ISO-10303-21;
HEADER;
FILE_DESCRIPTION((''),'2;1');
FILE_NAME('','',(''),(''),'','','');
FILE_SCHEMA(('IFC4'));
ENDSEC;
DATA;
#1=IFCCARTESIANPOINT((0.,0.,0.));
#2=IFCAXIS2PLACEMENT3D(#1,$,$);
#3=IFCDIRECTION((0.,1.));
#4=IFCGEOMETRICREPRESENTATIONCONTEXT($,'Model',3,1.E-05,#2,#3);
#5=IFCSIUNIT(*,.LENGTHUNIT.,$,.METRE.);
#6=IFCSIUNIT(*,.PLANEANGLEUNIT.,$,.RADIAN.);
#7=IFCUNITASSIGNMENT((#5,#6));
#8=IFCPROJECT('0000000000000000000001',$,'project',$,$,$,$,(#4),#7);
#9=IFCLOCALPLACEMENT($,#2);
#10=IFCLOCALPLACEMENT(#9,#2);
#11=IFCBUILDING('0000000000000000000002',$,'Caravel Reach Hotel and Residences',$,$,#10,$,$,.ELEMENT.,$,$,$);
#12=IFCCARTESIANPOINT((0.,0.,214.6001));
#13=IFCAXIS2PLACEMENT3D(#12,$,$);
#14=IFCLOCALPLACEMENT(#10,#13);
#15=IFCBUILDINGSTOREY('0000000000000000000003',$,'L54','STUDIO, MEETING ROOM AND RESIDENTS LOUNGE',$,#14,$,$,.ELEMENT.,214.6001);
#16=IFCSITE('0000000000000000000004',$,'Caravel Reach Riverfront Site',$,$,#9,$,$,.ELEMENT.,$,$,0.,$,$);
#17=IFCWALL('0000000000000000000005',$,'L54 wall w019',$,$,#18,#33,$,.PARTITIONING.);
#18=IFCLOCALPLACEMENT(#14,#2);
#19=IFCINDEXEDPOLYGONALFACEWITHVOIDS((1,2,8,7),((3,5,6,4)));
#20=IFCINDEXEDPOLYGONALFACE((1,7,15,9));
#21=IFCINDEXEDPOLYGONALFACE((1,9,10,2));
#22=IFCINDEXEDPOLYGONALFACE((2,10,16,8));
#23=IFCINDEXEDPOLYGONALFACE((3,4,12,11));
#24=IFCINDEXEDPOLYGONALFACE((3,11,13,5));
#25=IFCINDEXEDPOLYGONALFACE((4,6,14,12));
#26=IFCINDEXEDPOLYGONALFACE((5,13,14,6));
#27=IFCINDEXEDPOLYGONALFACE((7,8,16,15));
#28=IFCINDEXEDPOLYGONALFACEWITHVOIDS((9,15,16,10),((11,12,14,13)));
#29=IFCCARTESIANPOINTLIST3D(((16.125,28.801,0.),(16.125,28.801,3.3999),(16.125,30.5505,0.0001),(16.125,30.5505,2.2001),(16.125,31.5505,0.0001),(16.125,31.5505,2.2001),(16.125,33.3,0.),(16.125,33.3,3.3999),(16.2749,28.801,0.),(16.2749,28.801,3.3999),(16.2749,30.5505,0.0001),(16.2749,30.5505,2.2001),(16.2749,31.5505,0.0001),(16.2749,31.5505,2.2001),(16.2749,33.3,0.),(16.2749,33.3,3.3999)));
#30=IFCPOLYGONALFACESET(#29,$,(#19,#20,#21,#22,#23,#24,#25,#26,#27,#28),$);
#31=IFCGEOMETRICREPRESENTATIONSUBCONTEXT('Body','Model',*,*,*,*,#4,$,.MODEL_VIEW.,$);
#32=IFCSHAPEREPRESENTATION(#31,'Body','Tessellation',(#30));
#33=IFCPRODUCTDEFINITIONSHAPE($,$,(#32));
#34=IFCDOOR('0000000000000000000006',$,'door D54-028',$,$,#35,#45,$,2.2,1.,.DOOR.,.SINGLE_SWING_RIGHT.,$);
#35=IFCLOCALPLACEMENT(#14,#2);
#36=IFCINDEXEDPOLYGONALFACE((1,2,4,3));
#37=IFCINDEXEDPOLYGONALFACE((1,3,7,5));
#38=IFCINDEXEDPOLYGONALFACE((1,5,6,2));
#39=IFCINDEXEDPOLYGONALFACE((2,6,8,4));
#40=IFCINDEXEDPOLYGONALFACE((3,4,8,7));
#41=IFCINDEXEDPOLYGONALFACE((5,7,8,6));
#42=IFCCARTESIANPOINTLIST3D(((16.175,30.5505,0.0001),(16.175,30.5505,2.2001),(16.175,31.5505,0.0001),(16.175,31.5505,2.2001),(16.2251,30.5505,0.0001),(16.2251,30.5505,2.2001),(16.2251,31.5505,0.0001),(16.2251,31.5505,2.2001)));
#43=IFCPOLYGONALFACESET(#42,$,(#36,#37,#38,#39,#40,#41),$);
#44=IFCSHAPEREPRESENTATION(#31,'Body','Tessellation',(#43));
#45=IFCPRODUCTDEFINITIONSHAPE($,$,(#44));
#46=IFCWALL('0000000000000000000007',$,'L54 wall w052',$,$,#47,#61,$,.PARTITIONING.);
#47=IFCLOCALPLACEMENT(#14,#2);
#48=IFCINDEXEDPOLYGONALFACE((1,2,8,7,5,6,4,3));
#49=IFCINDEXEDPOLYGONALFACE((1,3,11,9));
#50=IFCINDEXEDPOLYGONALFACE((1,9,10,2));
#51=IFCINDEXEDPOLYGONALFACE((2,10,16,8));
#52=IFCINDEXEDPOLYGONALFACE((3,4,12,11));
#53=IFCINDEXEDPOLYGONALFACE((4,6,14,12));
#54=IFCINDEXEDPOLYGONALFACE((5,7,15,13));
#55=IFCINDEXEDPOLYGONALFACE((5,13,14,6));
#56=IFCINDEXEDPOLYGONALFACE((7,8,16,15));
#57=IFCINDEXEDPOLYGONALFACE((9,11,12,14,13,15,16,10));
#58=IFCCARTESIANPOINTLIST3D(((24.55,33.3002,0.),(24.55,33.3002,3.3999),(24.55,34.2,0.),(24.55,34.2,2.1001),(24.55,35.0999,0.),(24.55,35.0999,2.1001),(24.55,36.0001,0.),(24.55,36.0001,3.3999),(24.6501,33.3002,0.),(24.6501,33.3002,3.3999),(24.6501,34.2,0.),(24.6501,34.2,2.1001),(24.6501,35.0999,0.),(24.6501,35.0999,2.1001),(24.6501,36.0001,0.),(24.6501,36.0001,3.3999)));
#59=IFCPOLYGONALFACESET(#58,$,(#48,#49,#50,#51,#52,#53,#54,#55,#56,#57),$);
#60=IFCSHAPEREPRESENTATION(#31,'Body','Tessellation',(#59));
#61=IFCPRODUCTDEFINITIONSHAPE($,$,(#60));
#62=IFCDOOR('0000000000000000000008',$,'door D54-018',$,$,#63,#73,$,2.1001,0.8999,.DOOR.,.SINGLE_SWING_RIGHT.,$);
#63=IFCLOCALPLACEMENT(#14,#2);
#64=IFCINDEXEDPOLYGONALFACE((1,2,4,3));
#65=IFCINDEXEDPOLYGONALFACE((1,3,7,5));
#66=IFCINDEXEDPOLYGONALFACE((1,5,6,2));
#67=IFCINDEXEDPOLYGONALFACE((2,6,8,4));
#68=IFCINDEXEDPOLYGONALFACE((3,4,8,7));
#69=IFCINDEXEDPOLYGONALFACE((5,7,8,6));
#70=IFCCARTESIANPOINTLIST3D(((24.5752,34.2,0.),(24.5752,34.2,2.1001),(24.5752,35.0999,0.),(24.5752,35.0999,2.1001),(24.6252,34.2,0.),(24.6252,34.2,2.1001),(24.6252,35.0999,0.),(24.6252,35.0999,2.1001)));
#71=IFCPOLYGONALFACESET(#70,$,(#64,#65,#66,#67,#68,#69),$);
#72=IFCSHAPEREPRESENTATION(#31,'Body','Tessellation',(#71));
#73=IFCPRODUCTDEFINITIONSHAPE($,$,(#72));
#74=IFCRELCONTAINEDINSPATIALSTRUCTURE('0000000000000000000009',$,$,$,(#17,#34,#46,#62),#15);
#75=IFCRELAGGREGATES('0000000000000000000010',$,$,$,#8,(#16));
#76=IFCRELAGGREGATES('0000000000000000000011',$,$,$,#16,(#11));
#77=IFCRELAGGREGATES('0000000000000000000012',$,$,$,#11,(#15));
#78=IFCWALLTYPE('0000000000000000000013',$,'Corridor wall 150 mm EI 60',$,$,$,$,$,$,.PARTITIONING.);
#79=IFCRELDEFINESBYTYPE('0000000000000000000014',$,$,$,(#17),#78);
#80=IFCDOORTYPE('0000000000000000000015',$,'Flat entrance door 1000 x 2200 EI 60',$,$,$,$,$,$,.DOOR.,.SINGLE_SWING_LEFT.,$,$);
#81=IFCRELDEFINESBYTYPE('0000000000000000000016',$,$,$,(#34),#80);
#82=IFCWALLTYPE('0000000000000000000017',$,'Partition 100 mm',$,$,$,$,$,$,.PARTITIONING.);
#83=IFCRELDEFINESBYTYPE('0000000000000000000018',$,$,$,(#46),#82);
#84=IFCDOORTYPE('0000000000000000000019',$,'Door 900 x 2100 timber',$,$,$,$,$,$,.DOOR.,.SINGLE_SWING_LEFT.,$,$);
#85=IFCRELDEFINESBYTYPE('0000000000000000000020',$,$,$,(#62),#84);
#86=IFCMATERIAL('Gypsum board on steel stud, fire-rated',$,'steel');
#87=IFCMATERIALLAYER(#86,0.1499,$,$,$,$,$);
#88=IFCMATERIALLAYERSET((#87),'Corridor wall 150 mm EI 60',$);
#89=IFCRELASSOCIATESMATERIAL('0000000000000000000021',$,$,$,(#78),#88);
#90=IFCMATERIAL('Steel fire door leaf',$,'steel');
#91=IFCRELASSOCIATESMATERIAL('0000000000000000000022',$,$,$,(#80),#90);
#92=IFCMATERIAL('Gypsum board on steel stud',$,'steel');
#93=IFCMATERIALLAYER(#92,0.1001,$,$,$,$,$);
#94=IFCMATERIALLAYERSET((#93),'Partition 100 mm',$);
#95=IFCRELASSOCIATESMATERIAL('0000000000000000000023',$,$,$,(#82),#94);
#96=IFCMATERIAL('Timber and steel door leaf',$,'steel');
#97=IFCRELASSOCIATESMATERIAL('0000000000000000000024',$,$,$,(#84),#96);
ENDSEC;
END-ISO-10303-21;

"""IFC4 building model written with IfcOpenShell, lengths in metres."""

from ifc_helpers import new_model, si_unit, direction, frame, frame_2d, origin, place, context, subcontext, project, spatial, rectangle, extrude, material, layer, layer_set, type_object, element, fill, save


model = new_model("IFC4")

# Units and contexts
model_context = context("Model", 3, precision=1e-05, world=origin(), true_north=direction((0.0, 1.0)))
body_context = subcontext(model_context, "Body", "Model", "MODEL_VIEW")
ifc_project = project(units=[si_unit("LENGTHUNIT", "METRE"), si_unit("PLANEANGLEUNIT", "RADIAN")], contexts=[model_context])

# Site, building, storey
site_placement = place(None, origin())
site = spatial("IfcSite", under=ifc_project, at=site_placement, Name="Caravel Reach Riverfront Site", CompositionType="ELEMENT", RefElevation=0.0)
building_placement = place(site_placement, origin())
building = spatial("IfcBuilding", under=site, at=building_placement, Name="Caravel Reach Hotel and Residences", CompositionType="ELEMENT")
storey_placement = place(building_placement, frame((0.0, 0.0, 214.6001)))
storey = spatial("IfcBuildingStorey", under=building, at=storey_placement, Name="L54", Description="STUDIO, MEETING ROOM AND RESIDENTS LOUNGE", CompositionType="ELEMENT", Elevation=214.6001)

# Shared definitions
ifc_material_1 = material(Name="Gypsum board on steel stud, fire-rated", Category="steel")
ifc_layer_1 = layer(ifc_material_1, 0.1499)
ifc_layer_set_1 = layer_set([ifc_layer_1], Name="Corridor wall 150 mm EI 60")
wall_type_1 = type_object("IfcWallType", Name="Corridor wall 150 mm EI 60", PredefinedType="PARTITIONING", material=ifc_layer_set_1)
ifc_material_2 = material(Name="Steel fire door leaf", Category="steel")
door_type_1 = type_object("IfcDoorType", Name="Flat entrance door 1000 x 2200 EI 60", OperationType="SINGLE_SWING_LEFT", PredefinedType="DOOR", material=ifc_material_2)

# Walls, openings, doors
wall_1_placement = place(storey_placement, frame((16.2, 28.801, 0.0), z_axis=(0.0, 0.0, 1.0), x_axis=(0.0, 1.0, 0.0)))
wall_1 = element("IfcWall", 1, at=wall_1_placement, inside=storey, type_object=wall_type_1, Name="L54 wall w019", PredefinedType="PARTITIONING", context=body_context, shape_type="SweptSolid", body=[
    extrude(rectangle(XDim=4.499, YDim=0.1499, at=frame_2d((2.2495, 0.0))), origin(), (0.0, 0.0, 1.0), 3.3999),
])
opening_1_placement = place(wall_1_placement, frame((1.7495, 0.0, 0.0)))
opening_1 = element("IfcOpeningElement", 2, at=opening_1_placement, cuts=wall_1, PredefinedType="OPENING", context=body_context, shape_type="SweptSolid", body=[
    extrude(rectangle(XDim=1.0, YDim=2.2, at=frame_2d((0.5, 1.1001))), frame((0.0, 0.085, 0.0), z_axis=(0.0, -1.0, 0.0), x_axis=(1.0, 0.0, 0.0)), (0.0, 0.0, 1.0), 0.1699),
])
door_1_placement = place(opening_1_placement, origin())
door_1 = element("IfcDoor", 3, at=door_1_placement, inside=storey, type_object=door_type_1, Name="door D54-028", OperationType="SINGLE_SWING_RIGHT", OverallHeight=2.2, OverallWidth=1.0, PredefinedType="DOOR", context=body_context, shape_type="SweptSolid", body=[
    extrude(rectangle(XDim=1.0, YDim=2.2, at=frame_2d((0.5, 1.1001))), frame((0.0, 0.0249, 0.0), z_axis=(0.0, -1.0, 0.0), x_axis=(1.0, 0.0, 0.0)), (0.0, 0.0, 1.0), 0.05),
])
fill(opening_1, door_1)
ifc_material_3 = material(Name="Gypsum board on steel stud", Category="steel")
ifc_layer_2 = layer(ifc_material_3, 0.1001)
ifc_layer_set_2 = layer_set([ifc_layer_2], Name="Partition 100 mm")
wall_type_2 = type_object("IfcWallType", Name="Partition 100 mm", PredefinedType="PARTITIONING", material=ifc_layer_set_2)
wall_2_placement = place(storey_placement, frame((24.6001, 33.3, 0.0), z_axis=(0.0, 0.0, 1.0), x_axis=(0.0, 1.0, 0.0)))
wall_2 = element("IfcWall", 4, at=wall_2_placement, inside=storey, type_object=wall_type_2, Name="L54 wall w052", PredefinedType="PARTITIONING", context=body_context, shape_type="SweptSolid", body=[
    extrude(rectangle(XDim=2.7, YDim=0.1001, at=frame_2d((1.3501, 0.0))), origin(), (0.0, 0.0, 1.0), 3.3999),
])
opening_2_placement = place(wall_2_placement, frame((0.8999, 0.0, 0.0)))
opening_2 = element("IfcOpeningElement", 5, at=opening_2_placement, cuts=wall_2, PredefinedType="OPENING", context=body_context, shape_type="SweptSolid", body=[
    extrude(rectangle(XDim=0.8999, YDim=2.1001, at=frame_2d((0.45, 1.05))), frame((0.0, 0.0601, 0.0), z_axis=(0.0, -1.0, 0.0), x_axis=(1.0, 0.0, 0.0)), (0.0, 0.0, 1.0), 0.1201),
])
ifc_material_4 = material(Name="Timber and steel door leaf", Category="steel")
door_type_2 = type_object("IfcDoorType", Name="Door 900 x 2100 timber", OperationType="SINGLE_SWING_LEFT", PredefinedType="DOOR", material=ifc_material_4)
door_2_placement = place(opening_2_placement, origin())
door_2 = element("IfcDoor", 6, at=door_2_placement, inside=storey, type_object=door_type_2, Name="door D54-018", OperationType="SINGLE_SWING_RIGHT", OverallHeight=2.1001, OverallWidth=0.8999, PredefinedType="DOOR", context=body_context, shape_type="SweptSolid", body=[
    extrude(rectangle(XDim=0.8999, YDim=2.1001, at=frame_2d((0.45, 1.05))), frame((0.0, 0.0249, 0.0), z_axis=(0.0, -1.0, 0.0), x_axis=(1.0, 0.0, 0.0)), (0.0, 0.0, 1.0), 0.05),
])
fill(opening_2, door_2)

save(model, "model.ifc")
